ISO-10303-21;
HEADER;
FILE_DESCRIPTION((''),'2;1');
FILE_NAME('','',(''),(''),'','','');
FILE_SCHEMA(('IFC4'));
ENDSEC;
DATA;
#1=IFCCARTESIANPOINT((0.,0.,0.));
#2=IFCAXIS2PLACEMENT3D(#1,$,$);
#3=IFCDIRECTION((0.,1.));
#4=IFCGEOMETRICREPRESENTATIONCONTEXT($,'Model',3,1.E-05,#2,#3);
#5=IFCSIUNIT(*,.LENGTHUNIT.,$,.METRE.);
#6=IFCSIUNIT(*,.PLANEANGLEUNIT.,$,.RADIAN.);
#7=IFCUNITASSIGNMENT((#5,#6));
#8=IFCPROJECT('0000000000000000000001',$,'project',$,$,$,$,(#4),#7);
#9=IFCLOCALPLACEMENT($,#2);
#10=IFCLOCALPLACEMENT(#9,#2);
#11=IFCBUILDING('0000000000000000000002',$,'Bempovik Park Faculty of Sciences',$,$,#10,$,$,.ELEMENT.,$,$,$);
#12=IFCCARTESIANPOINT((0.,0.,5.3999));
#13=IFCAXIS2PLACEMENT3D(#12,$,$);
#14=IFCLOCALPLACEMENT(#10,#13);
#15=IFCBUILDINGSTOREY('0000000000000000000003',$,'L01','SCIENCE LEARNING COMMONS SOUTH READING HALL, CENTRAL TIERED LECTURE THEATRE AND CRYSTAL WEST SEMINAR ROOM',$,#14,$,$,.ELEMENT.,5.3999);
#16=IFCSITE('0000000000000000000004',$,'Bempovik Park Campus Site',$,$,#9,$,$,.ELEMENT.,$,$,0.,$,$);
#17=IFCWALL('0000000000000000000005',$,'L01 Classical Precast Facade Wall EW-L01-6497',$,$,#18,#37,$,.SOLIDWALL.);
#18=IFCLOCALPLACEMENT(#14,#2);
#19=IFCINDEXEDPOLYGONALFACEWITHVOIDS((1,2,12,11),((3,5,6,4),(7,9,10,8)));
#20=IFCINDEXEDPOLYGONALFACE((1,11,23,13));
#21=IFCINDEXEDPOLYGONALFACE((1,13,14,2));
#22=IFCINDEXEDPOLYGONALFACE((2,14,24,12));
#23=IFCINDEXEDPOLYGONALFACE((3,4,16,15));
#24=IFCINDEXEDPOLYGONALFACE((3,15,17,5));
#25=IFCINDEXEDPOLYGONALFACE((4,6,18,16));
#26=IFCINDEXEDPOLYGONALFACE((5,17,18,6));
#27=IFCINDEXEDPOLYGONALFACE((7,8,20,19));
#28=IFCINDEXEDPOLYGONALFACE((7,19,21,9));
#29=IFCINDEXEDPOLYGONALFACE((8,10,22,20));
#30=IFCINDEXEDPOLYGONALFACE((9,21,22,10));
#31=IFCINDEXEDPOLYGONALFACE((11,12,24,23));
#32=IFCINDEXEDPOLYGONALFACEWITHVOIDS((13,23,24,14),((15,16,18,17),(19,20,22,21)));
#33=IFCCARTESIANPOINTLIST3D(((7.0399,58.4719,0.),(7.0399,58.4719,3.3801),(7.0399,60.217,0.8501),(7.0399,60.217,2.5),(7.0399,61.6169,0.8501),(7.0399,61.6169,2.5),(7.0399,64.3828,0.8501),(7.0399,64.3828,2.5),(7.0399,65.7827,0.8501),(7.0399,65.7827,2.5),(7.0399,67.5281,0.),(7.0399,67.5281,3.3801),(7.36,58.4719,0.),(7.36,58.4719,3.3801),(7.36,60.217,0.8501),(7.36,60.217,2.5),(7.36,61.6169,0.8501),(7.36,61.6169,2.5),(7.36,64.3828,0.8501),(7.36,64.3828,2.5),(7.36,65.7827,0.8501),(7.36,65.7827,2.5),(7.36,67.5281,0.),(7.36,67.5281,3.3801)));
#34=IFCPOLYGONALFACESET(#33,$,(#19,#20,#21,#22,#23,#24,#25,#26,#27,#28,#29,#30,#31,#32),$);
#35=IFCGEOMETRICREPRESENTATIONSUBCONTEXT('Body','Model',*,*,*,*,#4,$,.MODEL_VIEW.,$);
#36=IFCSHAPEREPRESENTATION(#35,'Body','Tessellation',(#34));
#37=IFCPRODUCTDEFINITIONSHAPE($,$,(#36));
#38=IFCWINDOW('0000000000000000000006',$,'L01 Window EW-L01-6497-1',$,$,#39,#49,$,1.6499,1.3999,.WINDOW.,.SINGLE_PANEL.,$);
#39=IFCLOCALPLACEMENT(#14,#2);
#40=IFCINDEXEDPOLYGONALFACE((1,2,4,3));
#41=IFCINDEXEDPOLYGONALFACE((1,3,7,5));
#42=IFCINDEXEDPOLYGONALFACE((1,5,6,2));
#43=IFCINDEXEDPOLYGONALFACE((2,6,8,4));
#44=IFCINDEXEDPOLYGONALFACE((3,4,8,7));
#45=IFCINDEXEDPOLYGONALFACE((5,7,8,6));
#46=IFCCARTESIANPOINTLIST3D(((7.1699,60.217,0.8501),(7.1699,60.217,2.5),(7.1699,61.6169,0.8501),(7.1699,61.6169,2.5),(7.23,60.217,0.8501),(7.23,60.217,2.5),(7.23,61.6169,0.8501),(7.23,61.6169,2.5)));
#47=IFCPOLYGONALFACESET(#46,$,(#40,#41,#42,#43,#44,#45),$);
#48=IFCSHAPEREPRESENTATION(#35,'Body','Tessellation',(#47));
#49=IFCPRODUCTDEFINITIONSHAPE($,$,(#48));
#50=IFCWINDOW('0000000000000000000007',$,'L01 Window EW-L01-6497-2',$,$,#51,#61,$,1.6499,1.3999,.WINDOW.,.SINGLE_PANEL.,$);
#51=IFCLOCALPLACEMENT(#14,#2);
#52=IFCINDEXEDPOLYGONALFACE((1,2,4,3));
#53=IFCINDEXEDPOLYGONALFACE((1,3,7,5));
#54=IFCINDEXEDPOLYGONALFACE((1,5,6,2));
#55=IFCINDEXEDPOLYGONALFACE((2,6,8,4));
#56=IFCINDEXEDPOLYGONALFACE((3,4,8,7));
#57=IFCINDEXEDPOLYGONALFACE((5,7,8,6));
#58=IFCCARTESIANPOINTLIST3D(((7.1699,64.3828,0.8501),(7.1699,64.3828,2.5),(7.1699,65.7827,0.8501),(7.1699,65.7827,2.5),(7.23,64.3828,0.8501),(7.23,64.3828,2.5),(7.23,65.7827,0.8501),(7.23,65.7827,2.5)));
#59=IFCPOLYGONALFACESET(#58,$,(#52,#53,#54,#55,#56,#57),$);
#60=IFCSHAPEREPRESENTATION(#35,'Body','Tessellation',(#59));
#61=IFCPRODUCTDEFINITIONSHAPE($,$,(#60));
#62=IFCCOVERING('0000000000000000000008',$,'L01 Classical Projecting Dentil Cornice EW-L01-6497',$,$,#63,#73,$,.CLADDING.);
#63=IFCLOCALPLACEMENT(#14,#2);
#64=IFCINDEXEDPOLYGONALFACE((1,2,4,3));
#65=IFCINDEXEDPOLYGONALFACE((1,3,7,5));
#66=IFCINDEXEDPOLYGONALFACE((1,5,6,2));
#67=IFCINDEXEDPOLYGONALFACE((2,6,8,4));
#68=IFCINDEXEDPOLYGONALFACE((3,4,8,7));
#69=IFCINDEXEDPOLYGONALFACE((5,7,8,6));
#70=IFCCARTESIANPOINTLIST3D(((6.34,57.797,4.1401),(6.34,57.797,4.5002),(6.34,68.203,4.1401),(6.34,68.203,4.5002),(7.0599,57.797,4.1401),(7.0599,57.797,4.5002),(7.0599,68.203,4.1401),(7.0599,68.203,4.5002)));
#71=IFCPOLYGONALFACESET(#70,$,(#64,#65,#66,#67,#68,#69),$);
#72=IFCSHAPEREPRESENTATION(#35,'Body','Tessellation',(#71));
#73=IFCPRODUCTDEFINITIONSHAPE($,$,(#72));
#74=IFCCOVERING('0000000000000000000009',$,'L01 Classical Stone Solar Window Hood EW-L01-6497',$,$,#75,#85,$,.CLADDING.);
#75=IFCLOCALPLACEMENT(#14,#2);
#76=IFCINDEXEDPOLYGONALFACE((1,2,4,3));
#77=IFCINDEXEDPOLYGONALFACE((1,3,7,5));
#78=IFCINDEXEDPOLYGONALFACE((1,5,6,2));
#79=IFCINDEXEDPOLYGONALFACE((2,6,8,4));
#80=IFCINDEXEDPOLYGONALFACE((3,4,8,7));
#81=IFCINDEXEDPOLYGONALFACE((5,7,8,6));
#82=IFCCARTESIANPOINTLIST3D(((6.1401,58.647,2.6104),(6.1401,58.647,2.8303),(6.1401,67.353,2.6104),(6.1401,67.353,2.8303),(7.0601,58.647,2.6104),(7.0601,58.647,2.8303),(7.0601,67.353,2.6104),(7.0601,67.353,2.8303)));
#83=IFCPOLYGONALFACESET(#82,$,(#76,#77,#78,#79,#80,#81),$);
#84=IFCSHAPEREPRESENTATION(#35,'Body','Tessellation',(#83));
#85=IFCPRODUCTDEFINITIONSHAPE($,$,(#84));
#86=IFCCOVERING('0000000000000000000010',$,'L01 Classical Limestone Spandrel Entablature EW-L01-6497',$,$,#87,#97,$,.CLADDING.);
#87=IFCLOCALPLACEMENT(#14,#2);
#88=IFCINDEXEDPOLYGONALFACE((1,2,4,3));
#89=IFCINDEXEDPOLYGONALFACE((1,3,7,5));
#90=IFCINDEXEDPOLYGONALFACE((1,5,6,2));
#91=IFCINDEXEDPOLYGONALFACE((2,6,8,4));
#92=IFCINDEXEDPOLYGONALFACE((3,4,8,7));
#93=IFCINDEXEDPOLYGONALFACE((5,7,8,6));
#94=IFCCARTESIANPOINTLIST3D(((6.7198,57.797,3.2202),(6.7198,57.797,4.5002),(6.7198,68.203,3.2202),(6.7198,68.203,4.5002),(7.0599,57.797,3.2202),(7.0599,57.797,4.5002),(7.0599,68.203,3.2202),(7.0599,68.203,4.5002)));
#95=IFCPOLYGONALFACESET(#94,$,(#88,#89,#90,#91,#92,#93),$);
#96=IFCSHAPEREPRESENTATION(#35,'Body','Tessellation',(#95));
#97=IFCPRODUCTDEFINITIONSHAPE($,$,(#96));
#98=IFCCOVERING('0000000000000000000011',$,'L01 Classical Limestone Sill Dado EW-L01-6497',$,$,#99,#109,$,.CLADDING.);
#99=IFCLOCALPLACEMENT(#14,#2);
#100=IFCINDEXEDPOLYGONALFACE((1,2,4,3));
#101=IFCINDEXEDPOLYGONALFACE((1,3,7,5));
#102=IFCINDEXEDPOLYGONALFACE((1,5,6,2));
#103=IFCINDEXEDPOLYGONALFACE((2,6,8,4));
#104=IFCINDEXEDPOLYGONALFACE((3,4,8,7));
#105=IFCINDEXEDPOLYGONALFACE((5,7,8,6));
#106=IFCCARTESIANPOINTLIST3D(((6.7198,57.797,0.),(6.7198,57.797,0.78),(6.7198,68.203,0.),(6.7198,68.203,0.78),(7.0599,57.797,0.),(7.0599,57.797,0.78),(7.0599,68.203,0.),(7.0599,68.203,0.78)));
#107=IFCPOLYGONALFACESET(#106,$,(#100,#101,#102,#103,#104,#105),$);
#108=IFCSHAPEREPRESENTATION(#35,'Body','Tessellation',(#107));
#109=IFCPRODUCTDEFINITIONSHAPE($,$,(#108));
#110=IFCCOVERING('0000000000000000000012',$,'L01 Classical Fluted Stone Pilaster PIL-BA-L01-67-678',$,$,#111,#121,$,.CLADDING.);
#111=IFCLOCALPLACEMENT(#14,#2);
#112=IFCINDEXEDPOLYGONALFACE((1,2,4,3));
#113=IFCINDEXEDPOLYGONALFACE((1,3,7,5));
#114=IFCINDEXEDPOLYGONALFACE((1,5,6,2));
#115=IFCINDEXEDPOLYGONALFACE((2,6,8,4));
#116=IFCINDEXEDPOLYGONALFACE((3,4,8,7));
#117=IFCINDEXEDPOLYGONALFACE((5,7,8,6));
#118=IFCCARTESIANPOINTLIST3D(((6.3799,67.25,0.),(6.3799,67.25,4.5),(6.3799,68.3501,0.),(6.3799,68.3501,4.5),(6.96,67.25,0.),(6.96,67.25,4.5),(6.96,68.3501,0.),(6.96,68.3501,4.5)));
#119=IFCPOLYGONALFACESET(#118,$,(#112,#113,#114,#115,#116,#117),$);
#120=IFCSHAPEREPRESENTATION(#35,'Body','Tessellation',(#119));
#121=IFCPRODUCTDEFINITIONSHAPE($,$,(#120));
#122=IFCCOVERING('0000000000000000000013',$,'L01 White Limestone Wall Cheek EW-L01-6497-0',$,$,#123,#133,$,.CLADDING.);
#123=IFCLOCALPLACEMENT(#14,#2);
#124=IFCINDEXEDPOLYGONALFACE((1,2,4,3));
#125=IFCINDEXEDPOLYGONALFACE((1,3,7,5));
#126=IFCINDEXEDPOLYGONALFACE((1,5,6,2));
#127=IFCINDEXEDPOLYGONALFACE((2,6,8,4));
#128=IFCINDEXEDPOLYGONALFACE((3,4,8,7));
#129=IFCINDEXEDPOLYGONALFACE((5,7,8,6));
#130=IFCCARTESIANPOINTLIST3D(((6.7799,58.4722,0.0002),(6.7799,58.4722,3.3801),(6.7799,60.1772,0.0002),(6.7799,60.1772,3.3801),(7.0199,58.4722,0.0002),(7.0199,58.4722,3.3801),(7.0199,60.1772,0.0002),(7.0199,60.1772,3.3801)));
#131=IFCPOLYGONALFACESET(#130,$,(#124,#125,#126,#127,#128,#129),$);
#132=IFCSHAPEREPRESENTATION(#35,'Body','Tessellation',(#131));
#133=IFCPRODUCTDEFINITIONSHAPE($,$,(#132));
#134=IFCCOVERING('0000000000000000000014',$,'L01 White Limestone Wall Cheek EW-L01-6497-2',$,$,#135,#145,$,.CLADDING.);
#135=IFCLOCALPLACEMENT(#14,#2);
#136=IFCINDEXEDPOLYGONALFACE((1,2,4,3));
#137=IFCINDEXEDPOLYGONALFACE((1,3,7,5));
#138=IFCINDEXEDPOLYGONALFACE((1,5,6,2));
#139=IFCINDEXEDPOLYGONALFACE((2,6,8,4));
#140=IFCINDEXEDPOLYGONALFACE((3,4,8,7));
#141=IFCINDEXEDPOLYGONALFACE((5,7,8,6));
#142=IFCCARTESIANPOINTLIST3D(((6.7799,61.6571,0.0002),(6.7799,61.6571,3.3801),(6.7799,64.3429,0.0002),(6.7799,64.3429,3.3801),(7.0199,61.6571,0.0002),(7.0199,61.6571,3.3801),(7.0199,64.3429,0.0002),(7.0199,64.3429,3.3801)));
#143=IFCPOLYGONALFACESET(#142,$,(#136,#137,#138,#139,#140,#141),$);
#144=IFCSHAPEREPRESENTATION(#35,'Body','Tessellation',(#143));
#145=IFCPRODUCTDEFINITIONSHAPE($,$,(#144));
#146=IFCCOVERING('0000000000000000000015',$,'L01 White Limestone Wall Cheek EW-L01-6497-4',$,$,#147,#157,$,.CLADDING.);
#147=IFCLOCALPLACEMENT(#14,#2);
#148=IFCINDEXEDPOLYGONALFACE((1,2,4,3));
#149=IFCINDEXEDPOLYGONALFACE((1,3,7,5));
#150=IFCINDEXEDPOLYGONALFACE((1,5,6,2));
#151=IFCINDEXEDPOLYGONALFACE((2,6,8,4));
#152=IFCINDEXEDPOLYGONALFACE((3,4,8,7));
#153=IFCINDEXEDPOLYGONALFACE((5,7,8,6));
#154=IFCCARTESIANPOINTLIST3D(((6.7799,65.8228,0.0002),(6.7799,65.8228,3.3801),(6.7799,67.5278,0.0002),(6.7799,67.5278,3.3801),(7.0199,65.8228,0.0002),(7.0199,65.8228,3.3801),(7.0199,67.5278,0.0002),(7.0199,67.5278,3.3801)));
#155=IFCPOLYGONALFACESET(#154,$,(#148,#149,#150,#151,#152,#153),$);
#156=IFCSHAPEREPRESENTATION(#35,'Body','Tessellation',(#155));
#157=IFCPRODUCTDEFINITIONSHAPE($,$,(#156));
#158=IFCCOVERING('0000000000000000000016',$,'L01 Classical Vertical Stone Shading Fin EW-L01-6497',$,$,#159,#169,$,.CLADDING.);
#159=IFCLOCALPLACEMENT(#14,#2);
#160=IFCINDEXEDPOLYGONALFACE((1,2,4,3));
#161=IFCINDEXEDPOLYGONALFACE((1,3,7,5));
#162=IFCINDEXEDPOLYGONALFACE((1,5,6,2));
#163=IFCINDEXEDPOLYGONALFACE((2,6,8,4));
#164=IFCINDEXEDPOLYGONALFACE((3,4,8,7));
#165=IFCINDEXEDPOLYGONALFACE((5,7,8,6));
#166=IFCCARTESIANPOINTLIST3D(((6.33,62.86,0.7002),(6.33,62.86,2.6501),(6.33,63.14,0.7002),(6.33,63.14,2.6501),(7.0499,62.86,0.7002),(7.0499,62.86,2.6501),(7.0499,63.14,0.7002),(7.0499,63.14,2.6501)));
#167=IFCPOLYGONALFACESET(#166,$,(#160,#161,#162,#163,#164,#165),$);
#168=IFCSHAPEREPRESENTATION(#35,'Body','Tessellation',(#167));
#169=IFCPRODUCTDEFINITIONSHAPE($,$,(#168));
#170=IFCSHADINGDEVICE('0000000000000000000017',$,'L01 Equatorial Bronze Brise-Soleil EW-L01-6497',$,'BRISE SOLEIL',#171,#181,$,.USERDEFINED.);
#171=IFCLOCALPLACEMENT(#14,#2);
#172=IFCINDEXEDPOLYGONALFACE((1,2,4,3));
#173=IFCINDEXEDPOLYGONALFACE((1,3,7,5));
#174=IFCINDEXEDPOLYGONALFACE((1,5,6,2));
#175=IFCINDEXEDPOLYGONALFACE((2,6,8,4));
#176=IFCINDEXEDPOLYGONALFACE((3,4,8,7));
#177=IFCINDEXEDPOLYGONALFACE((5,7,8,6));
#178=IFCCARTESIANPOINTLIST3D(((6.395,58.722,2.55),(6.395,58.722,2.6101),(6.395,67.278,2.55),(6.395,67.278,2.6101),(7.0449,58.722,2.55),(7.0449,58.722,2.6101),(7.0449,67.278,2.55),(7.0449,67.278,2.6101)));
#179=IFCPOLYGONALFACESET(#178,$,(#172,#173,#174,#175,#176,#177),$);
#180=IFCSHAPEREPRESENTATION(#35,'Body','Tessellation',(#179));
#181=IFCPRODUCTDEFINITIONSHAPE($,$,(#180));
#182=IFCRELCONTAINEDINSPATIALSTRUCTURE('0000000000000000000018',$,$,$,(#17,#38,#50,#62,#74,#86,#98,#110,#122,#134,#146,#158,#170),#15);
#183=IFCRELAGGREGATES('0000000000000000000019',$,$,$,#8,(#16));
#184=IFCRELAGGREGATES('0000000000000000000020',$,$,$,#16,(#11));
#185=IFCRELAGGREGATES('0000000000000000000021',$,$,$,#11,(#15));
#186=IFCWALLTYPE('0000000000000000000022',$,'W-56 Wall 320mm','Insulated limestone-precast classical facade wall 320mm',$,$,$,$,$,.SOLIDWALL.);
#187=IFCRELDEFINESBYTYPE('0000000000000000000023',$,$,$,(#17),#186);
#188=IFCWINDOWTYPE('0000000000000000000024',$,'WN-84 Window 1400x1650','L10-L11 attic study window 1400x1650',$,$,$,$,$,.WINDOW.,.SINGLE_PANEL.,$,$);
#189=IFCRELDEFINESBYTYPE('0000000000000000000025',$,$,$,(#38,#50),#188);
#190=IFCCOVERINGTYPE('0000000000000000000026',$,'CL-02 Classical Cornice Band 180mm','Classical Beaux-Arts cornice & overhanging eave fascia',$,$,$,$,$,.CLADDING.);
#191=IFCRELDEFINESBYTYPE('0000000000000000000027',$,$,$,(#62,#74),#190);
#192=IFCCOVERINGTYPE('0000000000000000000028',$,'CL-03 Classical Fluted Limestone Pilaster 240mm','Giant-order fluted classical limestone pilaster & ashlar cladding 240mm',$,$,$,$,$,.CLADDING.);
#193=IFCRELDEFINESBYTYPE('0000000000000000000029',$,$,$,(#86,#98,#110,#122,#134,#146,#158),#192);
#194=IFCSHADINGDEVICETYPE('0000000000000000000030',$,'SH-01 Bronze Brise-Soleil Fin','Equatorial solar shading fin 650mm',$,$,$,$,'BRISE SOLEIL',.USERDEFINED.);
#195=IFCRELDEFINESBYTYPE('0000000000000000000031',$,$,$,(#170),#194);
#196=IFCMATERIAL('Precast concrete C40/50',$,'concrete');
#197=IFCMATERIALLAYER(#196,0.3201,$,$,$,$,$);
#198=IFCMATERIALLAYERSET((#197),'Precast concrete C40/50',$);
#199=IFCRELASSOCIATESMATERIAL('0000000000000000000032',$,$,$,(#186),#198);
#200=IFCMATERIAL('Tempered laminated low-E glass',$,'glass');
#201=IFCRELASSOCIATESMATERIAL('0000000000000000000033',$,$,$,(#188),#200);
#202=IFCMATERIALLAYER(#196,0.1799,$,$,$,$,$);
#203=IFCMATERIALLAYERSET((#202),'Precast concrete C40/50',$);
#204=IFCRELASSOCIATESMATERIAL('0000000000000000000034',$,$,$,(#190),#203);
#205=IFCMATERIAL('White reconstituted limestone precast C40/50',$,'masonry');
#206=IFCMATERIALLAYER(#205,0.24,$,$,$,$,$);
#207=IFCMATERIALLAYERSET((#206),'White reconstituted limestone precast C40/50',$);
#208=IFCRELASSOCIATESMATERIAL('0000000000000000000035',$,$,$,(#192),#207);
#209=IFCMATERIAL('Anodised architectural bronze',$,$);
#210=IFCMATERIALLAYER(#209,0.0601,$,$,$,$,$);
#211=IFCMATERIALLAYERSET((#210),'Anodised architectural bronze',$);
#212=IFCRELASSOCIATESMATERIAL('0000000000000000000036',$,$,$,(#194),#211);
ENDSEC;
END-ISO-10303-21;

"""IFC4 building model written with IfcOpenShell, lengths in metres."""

from ifc_helpers import new_model, si_unit, direction, frame, frame_2d, origin, origin_2d, place, context, subcontext, project, spatial, rectangle, extrude, material, layer, layer_set, type_object, element, fill, save


model = new_model("IFC4")

# Units and contexts
model_context = context("Model", 3, precision=1e-05, world=origin(), true_north=direction((0.0, 1.0)))
body_context = subcontext(model_context, "Body", "Model", "MODEL_VIEW")
ifc_project = project(units=[si_unit("LENGTHUNIT", "METRE"), si_unit("PLANEANGLEUNIT", "RADIAN")], contexts=[model_context])

# Site, building, storey
site_placement = place(None, origin())
site = spatial("IfcSite", under=ifc_project, at=site_placement, Name="Bempovik Park Campus Site", CompositionType="ELEMENT", RefElevation=0.0)
building_placement = place(site_placement, origin())
building = spatial("IfcBuilding", under=site, at=building_placement, Name="Bempovik Park Faculty of Sciences", CompositionType="ELEMENT")
storey_placement = place(building_placement, frame((0.0, 0.0, 5.3999)))
storey = spatial("IfcBuildingStorey", under=building, at=storey_placement, Name="L01", Description="SCIENCE LEARNING COMMONS SOUTH READING HALL, CENTRAL TIERED LECTURE THEATRE AND CRYSTAL WEST SEMINAR ROOM", CompositionType="ELEMENT", Elevation=5.3999)

# Wall, openings, windows
ifc_material_1 = material(Name="Precast concrete C40/50", Category="concrete")
ifc_layer_1 = layer(ifc_material_1, 0.3201)
ifc_layer_set_1 = layer_set([ifc_layer_1], Name="Precast concrete C40/50")
wall_type = type_object("IfcWallType", Name="W-56 Wall 320mm", Description="Insulated limestone-precast classical facade wall 320mm", PredefinedType="SOLIDWALL", material=ifc_layer_set_1)
wall_placement = place(storey_placement, frame((7.2, 58.4719, 0.0), z_axis=(0.0, 0.0, 1.0), x_axis=(0.0, 1.0, 0.0)))
wall = element("IfcWall", 1, at=wall_placement, inside=storey, type_object=wall_type, Name="L01 Classical Precast Facade Wall EW-L01-6497", PredefinedType="SOLIDWALL", context=body_context, shape_type="SweptSolid", body=[
    extrude(rectangle(XDim=9.0562, YDim=0.3201, at=frame_2d((4.5281, 0.0))), origin(), (0.0, 0.0, 1.0), 3.3801),
])
opening_1_placement = place(wall_placement, frame((1.7451, 0.0, 0.8501)))
opening_1 = element("IfcOpeningElement", 2, at=opening_1_placement, cuts=wall, PredefinedType="OPENING", context=body_context, shape_type="SweptSolid", body=[
    extrude(rectangle(XDim=1.3999, YDim=1.6499, at=frame_2d((0.7, 0.825))), frame((0.0, 0.1699, 0.0), z_axis=(0.0, -1.0, 0.0), x_axis=(1.0, 0.0, 0.0)), (0.0, 0.0, 1.0), 0.3401),
])
opening_2_placement = place(wall_placement, frame((5.9109, 0.0, 0.8501)))
opening_2 = element("IfcOpeningElement", 3, at=opening_2_placement, cuts=wall, PredefinedType="OPENING", context=body_context, shape_type="SweptSolid", body=[
    extrude(rectangle(XDim=1.3999, YDim=1.6499, at=frame_2d((0.7, 0.825))), frame((0.0, 0.1699, 0.0), z_axis=(0.0, -1.0, 0.0), x_axis=(1.0, 0.0, 0.0)), (0.0, 0.0, 1.0), 0.3401),
])
ifc_material_2 = material(Name="Tempered laminated low-E glass", Category="glass")
window_type = type_object("IfcWindowType", Name="WN-84 Window 1400x1650", Description="L10-L11 attic study window 1400x1650", PartitioningType="SINGLE_PANEL", PredefinedType="WINDOW", material=ifc_material_2)
window_1_placement = place(opening_1_placement, origin())
window_1 = element("IfcWindow", 4, at=window_1_placement, inside=storey, type_object=window_type, Name="L01 Window EW-L01-6497-1", OverallHeight=1.6499, OverallWidth=1.3999, PartitioningType="SINGLE_PANEL", PredefinedType="WINDOW", context=body_context, shape_type="SweptSolid", body=[
    extrude(rectangle(XDim=1.3999, YDim=1.6499, at=frame_2d((0.7, 0.825))), frame((0.0, 0.03, 0.0), z_axis=(0.0, -1.0, 0.0), x_axis=(1.0, 0.0, 0.0)), (0.0, 0.0, 1.0), 0.0601),
])
fill(opening_1, window_1)
window_2_placement = place(opening_2_placement, origin())
window_2 = element("IfcWindow", 5, at=window_2_placement, inside=storey, type_object=window_type, Name="L01 Window EW-L01-6497-2", OverallHeight=1.6499, OverallWidth=1.3999, PartitioningType="SINGLE_PANEL", PredefinedType="WINDOW", context=body_context, shape_type="SweptSolid", body=[
    extrude(rectangle(XDim=1.3999, YDim=1.6499, at=frame_2d((0.7, 0.825))), frame((0.0, 0.03, 0.0), z_axis=(0.0, -1.0, 0.0), x_axis=(1.0, 0.0, 0.0)), (0.0, 0.0, 1.0), 0.0601),
])
fill(opening_2, window_2)

# Coverings
ifc_layer_2 = layer(ifc_material_1, 0.1799)
ifc_layer_set_2 = layer_set([ifc_layer_2], Name="Precast concrete C40/50")
covering_type_1 = type_object("IfcCoveringType", Name="CL-02 Classical Cornice Band 180mm", Description="Classical Beaux-Arts cornice & overhanging eave fascia", PredefinedType="CLADDING", material=ifc_layer_set_2)
covering_1_placement = place(storey_placement, frame((6.7, 63.0, 4.1401), z_axis=(0.0, 0.0, 1.0), x_axis=(1.0, 0.0, 0.0)))
element("IfcCovering", 6, at=covering_1_placement, inside=storey, type_object=covering_type_1, Name="L01 Classical Projecting Dentil Cornice EW-L01-6497", PredefinedType="CLADDING", context=body_context, shape_type="SweptSolid", body=[
    extrude(rectangle(XDim=0.72, YDim=10.406, at=origin_2d()), origin(), (0.0, 0.0, 1.0), 0.3601),
])
covering_2_placement = place(storey_placement, frame((6.6001, 63.0, 2.6104), z_axis=(0.0, 0.0, 1.0), x_axis=(1.0, 0.0, 0.0)))
element("IfcCovering", 7, at=covering_2_placement, inside=storey, type_object=covering_type_1, Name="L01 Classical Stone Solar Window Hood EW-L01-6497", PredefinedType="CLADDING", context=body_context, shape_type="SweptSolid", body=[
    extrude(rectangle(XDim=0.9199, YDim=8.7061, at=origin_2d()), origin(), (0.0, 0.0, 1.0), 0.22),
])
ifc_material_3 = material(Name="White reconstituted limestone precast C40/50", Category="masonry")
ifc_layer_3 = layer(ifc_material_3, 0.24)
ifc_layer_set_3 = layer_set([ifc_layer_3], Name="White reconstituted limestone precast C40/50")
covering_type_2 = type_object("IfcCoveringType", Name="CL-03 Classical Fluted Limestone Pilaster 240mm", Description="Giant-order fluted classical limestone pilaster & ashlar cladding 240mm", PredefinedType="CLADDING", material=ifc_layer_set_3)
covering_3_placement = place(storey_placement, frame((6.8899, 63.0, 3.2202), z_axis=(0.0, 0.0, 1.0), x_axis=(1.0, 0.0, 0.0)))
element("IfcCovering", 8, at=covering_3_placement, inside=storey, type_object=covering_type_2, Name="L01 Classical Limestone Spandrel Entablature EW-L01-6497", PredefinedType="CLADDING", context=body_context, shape_type="SweptSolid", body=[
    extrude(rectangle(XDim=0.3401, YDim=10.406, at=origin_2d()), origin(), (0.0, 0.0, 1.0), 1.28),
])
covering_4_placement = place(storey_placement, frame((6.8899, 63.0, 0.0), z_axis=(0.0, 0.0, 1.0), x_axis=(1.0, 0.0, 0.0)))
element("IfcCovering", 9, at=covering_4_placement, inside=storey, type_object=covering_type_2, Name="L01 Classical Limestone Sill Dado EW-L01-6497", PredefinedType="CLADDING", context=body_context, shape_type="SweptSolid", body=[
    extrude(rectangle(XDim=0.3401, YDim=10.406, at=origin_2d()), origin(), (0.0, 0.0, 1.0), 0.78),
])
covering_5_placement = place(storey_placement, frame((6.6699, 67.8, 0.0), z_axis=(0.0, 0.0, 1.0), x_axis=(1.0, 0.0, 0.0)))
element("IfcCovering", 10, at=covering_5_placement, inside=storey, type_object=covering_type_2, Name="L01 Classical Fluted Stone Pilaster PIL-BA-L01-67-678", PredefinedType="CLADDING", context=body_context, shape_type="SweptSolid", body=[
    extrude(rectangle(XDim=0.5801, YDim=1.1001, at=origin_2d()), origin(), (0.0, 0.0, 1.0), 4.5),
])
covering_6_placement = place(storey_placement, frame((6.8999, 59.3247, 0.0002), z_axis=(0.0, 0.0, 1.0), x_axis=(1.0, 0.0, 0.0)))
element("IfcCovering", 11, at=covering_6_placement, inside=storey, type_object=covering_type_2, Name="L01 White Limestone Wall Cheek EW-L01-6497-0", PredefinedType="CLADDING", context=body_context, shape_type="SweptSolid", body=[
    extrude(rectangle(XDim=0.24, YDim=1.7051, at=origin_2d()), origin(), (0.0, 0.0, 1.0), 3.3799),
])
covering_7_placement = place(storey_placement, frame((6.8999, 63.0, 0.0002), z_axis=(0.0, 0.0, 1.0), x_axis=(1.0, 0.0, 0.0)))
element("IfcCovering", 12, at=covering_7_placement, inside=storey, type_object=covering_type_2, Name="L01 White Limestone Wall Cheek EW-L01-6497-2", PredefinedType="CLADDING", context=body_context, shape_type="SweptSolid", body=[
    extrude(rectangle(XDim=0.24, YDim=2.6858, at=origin_2d()), origin(), (0.0, 0.0, 1.0), 3.3799),
])
covering_8_placement = place(storey_placement, frame((6.8999, 66.6753, 0.0002), z_axis=(0.0, 0.0, 1.0), x_axis=(1.0, 0.0, 0.0)))
element("IfcCovering", 13, at=covering_8_placement, inside=storey, type_object=covering_type_2, Name="L01 White Limestone Wall Cheek EW-L01-6497-4", PredefinedType="CLADDING", context=body_context, shape_type="SweptSolid", body=[
    extrude(rectangle(XDim=0.24, YDim=1.7051, at=origin_2d()), origin(), (0.0, 0.0, 1.0), 3.3799),
])
covering_9_placement = place(storey_placement, frame((6.6899, 63.0, 0.7002), z_axis=(0.0, 0.0, 1.0), x_axis=(1.0, 0.0, 0.0)))
element("IfcCovering", 14, at=covering_9_placement, inside=storey, type_object=covering_type_2, Name="L01 Classical Vertical Stone Shading Fin EW-L01-6497", PredefinedType="CLADDING", context=body_context, shape_type="SweptSolid", body=[
    extrude(rectangle(XDim=0.72, YDim=0.28, at=origin_2d()), origin(), (0.0, 0.0, 1.0), 1.95),
])

# Shading device
ifc_material_4 = material(Name="Anodised architectural bronze")
ifc_layer_4 = layer(ifc_material_4, 0.0601)
ifc_layer_set_4 = layer_set([ifc_layer_4], Name="Anodised architectural bronze")
shading_device_type = type_object("IfcShadingDeviceType", Name="SH-01 Bronze Brise-Soleil Fin", Description="Equatorial solar shading fin 650mm", ElementType="BRISE SOLEIL", PredefinedType="USERDEFINED", material=ifc_layer_set_4)
shading_device_placement = place(storey_placement, frame((6.72, 63.0, 2.55), z_axis=(0.0, 0.0, 1.0), x_axis=(1.0, 0.0, 0.0)))
element("IfcShadingDevice", 15, at=shading_device_placement, inside=storey, type_object=shading_device_type, Name="L01 Equatorial Bronze Brise-Soleil EW-L01-6497", ObjectType="BRISE SOLEIL", PredefinedType="USERDEFINED", context=body_context, shape_type="SweptSolid", body=[
    extrude(rectangle(XDim=0.6499, YDim=8.5559, at=origin_2d()), origin(), (0.0, 0.0, 1.0), 0.0601),
])

save(model, "model.ifc")
